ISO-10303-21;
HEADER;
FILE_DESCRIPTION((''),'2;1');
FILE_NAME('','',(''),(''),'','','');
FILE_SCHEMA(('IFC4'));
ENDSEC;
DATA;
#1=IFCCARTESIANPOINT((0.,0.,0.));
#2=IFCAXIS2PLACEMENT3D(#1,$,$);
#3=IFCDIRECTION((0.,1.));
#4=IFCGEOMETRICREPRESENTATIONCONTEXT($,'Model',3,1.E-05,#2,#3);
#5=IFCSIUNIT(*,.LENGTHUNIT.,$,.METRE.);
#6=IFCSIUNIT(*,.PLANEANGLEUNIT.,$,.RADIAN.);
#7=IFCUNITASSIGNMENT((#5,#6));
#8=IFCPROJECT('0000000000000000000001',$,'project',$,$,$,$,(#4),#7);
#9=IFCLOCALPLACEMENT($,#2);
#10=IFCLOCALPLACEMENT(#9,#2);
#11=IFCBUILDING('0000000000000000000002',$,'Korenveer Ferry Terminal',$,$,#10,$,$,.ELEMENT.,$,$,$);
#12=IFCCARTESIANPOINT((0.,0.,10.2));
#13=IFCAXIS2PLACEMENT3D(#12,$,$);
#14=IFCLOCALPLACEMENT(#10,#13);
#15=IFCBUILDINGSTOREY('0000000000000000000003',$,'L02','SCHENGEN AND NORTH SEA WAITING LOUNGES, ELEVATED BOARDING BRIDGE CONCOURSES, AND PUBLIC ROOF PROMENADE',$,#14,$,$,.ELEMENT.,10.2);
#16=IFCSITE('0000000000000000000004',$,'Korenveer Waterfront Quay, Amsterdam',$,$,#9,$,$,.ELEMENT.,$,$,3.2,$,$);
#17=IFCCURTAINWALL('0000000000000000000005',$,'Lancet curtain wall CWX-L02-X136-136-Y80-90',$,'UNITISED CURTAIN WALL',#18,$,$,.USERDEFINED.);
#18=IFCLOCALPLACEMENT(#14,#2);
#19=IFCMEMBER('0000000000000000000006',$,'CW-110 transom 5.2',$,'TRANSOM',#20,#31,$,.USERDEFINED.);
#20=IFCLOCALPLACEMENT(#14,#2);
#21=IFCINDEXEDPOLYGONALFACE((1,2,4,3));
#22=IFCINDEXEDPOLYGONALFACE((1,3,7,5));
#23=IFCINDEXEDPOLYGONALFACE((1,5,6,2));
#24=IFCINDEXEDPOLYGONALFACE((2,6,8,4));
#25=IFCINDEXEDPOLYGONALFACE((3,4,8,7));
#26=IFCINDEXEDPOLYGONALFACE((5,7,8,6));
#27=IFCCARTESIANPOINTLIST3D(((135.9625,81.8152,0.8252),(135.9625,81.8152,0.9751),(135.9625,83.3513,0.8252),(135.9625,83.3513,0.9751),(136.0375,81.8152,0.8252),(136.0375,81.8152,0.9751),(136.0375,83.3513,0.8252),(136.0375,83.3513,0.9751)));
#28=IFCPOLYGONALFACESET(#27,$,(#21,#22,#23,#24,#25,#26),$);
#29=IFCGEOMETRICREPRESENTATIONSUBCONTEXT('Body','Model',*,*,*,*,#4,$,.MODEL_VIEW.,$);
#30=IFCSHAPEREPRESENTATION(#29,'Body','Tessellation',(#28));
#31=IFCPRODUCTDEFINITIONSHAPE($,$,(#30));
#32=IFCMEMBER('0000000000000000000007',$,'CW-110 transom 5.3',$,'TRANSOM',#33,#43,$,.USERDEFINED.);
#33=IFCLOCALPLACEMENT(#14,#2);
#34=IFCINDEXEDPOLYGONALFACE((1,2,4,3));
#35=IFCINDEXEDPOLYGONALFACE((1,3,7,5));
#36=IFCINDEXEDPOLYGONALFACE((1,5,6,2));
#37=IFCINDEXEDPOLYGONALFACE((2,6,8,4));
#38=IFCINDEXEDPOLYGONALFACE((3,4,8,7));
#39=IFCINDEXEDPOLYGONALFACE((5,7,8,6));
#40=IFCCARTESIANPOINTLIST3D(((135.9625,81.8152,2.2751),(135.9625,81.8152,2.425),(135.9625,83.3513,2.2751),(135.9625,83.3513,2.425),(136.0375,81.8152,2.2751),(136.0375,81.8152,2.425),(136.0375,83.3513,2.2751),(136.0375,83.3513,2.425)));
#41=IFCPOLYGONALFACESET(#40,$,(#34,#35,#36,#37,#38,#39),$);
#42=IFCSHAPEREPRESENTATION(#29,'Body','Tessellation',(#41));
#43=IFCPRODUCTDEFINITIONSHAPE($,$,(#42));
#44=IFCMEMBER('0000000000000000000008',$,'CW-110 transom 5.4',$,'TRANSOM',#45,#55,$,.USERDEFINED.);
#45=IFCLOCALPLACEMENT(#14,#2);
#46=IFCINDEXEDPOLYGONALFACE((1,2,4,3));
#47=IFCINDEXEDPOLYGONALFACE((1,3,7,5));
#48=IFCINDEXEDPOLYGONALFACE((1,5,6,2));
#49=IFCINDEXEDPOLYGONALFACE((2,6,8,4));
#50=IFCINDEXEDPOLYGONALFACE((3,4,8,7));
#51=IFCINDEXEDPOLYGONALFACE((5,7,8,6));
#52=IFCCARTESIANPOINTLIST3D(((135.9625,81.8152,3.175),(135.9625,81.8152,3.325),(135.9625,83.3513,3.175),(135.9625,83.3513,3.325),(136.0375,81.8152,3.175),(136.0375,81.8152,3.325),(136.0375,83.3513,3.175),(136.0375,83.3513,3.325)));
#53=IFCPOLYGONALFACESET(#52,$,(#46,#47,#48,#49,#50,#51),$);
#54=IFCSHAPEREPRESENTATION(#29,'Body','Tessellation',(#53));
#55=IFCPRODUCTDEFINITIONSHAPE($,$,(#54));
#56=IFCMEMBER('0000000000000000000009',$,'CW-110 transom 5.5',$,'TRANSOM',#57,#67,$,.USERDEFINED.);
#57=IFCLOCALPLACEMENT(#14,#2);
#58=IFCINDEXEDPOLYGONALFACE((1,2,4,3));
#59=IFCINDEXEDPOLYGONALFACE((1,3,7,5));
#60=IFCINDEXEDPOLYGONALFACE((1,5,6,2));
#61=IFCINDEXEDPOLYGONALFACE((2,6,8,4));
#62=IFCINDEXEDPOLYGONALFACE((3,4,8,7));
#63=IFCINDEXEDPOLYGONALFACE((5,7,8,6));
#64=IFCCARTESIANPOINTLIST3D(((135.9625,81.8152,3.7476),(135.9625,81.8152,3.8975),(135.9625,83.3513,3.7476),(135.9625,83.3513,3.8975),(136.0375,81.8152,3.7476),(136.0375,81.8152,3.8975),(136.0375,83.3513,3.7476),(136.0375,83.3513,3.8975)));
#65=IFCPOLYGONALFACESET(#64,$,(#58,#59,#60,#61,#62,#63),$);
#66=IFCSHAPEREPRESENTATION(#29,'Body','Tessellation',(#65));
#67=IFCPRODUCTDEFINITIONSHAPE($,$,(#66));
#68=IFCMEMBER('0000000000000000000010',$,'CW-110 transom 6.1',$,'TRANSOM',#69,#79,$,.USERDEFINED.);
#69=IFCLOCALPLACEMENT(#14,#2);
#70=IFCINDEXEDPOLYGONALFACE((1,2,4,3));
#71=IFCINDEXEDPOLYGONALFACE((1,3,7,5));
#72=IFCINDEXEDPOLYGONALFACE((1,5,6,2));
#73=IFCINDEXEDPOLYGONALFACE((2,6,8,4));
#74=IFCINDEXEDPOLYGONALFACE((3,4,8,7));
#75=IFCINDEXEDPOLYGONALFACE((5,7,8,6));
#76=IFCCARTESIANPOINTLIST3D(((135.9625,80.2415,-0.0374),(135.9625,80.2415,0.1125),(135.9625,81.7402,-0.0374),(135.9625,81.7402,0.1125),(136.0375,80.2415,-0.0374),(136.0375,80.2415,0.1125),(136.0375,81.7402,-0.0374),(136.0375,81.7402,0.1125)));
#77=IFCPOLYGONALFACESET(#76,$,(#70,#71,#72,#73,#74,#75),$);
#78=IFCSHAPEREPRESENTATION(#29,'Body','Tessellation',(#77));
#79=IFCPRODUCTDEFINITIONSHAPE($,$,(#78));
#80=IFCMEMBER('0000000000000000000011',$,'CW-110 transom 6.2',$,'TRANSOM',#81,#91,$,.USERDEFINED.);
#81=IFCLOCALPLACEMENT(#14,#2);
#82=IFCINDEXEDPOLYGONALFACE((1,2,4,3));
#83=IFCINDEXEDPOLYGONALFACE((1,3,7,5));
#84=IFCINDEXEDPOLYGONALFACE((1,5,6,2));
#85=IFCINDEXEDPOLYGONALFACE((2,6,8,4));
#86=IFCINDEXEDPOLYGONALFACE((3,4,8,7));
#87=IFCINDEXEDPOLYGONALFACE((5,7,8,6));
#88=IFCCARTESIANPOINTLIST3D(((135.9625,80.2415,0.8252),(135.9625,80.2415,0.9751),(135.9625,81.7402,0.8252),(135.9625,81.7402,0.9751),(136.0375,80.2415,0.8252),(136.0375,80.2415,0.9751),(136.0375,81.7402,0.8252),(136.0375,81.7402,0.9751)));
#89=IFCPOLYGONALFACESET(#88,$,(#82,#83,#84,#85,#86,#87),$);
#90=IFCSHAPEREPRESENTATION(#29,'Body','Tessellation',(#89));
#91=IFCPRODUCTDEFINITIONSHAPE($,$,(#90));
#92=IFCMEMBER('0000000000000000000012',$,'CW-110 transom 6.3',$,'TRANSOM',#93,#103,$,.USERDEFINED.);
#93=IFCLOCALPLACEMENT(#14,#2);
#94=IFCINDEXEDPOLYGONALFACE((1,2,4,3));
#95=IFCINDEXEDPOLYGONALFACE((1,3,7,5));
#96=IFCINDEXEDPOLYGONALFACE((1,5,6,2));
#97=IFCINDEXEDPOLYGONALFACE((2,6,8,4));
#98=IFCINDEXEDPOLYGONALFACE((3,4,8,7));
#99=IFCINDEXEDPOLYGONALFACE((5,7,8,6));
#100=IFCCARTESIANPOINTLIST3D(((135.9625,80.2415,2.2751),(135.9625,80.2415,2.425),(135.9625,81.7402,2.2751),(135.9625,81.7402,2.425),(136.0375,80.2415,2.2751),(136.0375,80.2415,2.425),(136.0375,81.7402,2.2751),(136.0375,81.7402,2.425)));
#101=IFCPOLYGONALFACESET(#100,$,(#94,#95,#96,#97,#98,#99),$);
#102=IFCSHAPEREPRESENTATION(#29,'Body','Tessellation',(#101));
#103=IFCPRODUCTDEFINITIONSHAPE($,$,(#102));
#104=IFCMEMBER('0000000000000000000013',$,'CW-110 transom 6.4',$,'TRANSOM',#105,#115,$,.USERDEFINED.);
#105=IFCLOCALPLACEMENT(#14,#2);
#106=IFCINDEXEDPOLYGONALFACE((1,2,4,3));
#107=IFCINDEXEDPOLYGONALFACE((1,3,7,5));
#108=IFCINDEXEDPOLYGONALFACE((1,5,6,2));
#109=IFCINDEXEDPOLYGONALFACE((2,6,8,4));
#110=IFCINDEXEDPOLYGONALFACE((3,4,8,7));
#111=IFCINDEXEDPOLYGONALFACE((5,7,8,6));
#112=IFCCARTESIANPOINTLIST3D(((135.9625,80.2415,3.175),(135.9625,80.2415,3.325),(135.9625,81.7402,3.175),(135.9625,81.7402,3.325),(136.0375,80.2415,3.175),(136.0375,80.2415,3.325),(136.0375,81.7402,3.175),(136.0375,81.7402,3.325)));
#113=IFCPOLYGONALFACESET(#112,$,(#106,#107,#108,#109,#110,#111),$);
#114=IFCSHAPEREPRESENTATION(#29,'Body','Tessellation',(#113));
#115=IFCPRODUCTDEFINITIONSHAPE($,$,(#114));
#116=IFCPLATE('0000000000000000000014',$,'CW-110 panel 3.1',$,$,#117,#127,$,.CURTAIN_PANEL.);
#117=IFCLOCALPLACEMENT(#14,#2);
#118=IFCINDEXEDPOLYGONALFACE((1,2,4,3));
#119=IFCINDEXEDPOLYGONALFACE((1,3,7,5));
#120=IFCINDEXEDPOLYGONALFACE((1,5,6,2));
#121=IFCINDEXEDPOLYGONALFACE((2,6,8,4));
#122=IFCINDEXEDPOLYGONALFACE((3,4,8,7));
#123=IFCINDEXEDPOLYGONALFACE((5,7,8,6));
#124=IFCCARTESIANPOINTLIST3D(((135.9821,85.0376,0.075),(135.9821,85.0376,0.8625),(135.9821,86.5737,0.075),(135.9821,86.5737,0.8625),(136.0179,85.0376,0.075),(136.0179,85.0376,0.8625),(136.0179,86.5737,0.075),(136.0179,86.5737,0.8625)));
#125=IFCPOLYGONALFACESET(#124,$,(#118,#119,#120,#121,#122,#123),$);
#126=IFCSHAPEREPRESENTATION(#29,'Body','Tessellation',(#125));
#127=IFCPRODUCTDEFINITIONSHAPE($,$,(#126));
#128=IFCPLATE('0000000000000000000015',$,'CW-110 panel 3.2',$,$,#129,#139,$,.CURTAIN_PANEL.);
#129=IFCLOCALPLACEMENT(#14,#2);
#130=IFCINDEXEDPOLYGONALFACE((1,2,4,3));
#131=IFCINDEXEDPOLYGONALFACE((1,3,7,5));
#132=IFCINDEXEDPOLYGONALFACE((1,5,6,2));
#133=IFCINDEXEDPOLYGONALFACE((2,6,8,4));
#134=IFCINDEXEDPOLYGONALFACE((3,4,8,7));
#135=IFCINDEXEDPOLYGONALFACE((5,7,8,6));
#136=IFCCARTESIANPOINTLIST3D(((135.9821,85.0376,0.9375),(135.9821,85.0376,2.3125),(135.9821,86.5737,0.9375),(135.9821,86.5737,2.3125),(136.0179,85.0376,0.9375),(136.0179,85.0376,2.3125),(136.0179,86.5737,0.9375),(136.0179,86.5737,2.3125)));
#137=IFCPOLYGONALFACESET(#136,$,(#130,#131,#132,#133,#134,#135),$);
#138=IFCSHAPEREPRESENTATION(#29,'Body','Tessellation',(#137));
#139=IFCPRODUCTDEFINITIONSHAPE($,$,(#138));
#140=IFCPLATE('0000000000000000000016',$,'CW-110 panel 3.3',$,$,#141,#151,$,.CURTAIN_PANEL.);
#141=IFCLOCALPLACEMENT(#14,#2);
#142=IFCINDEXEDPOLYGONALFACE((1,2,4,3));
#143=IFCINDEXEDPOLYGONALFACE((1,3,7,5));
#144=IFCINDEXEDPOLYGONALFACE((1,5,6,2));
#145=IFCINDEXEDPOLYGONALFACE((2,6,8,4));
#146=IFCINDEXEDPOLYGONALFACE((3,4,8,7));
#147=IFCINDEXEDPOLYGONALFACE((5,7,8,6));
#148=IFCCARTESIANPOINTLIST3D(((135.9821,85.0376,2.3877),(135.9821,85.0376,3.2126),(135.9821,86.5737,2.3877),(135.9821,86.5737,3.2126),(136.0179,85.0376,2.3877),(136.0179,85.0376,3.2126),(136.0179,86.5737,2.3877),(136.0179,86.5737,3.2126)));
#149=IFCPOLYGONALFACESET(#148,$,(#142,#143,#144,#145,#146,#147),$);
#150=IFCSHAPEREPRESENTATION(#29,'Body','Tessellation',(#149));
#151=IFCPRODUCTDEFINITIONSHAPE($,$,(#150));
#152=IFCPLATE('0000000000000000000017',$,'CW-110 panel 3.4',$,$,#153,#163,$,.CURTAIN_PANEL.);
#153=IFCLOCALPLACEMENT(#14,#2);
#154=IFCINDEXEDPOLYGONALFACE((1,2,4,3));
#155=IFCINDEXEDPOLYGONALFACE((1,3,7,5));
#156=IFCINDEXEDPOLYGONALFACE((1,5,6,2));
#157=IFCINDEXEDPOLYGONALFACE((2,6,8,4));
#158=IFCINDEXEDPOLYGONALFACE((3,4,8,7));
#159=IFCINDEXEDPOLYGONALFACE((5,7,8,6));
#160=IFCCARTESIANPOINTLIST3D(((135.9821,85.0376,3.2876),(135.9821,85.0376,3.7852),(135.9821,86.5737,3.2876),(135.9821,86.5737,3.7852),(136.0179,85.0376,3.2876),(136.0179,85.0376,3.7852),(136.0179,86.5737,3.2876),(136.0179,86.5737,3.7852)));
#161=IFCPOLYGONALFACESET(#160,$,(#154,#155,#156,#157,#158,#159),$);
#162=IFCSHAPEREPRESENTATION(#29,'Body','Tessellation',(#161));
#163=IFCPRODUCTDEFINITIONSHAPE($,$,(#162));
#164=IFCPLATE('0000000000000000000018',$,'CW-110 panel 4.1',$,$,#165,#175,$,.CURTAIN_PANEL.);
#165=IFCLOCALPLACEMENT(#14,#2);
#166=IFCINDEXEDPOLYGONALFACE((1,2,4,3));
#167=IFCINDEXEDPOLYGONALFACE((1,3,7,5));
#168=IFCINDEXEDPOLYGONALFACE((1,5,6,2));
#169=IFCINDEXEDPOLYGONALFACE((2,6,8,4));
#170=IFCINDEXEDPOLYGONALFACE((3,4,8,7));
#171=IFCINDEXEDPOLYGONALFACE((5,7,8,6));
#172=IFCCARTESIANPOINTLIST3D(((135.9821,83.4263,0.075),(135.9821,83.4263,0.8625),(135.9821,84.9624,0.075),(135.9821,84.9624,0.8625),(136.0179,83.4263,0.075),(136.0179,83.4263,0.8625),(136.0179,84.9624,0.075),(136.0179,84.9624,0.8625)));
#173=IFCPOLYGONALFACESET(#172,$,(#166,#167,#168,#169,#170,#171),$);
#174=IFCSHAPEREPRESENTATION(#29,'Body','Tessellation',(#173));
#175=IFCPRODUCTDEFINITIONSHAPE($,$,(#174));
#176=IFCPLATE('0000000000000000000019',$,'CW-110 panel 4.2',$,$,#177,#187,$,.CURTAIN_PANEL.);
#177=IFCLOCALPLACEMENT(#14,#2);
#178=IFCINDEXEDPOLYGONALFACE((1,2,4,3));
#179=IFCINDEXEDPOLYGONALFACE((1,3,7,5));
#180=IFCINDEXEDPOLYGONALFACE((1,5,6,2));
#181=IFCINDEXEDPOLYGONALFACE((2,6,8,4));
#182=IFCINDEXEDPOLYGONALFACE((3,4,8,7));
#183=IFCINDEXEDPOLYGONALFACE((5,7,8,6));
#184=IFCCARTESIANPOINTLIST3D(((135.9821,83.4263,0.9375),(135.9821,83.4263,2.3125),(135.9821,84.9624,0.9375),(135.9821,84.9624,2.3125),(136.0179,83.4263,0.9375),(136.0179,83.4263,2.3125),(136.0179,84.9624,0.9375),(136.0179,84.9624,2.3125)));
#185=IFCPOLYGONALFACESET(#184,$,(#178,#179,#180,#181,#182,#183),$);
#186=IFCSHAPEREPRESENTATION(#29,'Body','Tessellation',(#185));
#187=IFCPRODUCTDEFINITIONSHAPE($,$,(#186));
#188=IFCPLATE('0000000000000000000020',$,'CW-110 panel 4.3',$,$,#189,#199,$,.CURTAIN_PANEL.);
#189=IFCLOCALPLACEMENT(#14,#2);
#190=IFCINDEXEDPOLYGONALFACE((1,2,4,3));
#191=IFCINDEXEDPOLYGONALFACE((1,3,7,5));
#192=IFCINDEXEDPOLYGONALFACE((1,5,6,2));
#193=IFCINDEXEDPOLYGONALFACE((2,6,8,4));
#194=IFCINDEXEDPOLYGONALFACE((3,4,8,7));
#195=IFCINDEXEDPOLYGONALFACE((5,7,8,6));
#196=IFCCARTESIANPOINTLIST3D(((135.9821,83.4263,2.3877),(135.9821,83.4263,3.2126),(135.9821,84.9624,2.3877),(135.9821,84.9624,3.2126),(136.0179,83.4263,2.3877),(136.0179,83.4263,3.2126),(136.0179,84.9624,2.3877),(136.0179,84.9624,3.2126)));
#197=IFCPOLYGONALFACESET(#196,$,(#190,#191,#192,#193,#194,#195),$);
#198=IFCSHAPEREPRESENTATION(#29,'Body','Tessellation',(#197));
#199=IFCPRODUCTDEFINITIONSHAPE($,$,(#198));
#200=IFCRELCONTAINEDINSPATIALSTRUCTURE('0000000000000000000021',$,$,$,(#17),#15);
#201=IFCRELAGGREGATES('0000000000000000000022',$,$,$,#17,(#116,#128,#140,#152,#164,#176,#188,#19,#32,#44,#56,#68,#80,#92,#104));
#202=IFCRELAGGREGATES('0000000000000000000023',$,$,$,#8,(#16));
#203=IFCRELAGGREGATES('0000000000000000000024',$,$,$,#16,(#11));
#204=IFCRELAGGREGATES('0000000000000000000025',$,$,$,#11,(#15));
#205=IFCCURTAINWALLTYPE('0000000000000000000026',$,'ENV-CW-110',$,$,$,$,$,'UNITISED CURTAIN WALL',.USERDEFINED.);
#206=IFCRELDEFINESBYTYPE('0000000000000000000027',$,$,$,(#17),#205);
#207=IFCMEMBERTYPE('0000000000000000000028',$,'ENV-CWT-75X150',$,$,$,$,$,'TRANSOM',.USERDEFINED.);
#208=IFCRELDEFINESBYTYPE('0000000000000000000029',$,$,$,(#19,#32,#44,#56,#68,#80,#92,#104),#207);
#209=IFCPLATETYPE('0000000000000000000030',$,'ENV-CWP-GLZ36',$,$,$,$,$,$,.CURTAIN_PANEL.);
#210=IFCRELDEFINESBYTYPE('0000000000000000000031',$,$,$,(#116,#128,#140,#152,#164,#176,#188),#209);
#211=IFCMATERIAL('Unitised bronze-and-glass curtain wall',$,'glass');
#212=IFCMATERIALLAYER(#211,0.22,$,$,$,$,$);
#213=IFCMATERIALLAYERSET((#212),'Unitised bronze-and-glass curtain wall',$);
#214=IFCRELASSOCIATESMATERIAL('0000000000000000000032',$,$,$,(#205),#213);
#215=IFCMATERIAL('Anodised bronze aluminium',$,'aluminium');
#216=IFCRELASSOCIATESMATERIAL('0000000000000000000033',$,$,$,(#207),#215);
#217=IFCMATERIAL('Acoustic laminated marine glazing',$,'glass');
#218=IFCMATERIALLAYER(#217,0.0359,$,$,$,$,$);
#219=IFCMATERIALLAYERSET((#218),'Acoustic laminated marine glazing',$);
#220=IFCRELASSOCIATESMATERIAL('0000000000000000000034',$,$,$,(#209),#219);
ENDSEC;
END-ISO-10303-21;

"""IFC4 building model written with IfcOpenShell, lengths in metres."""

from ifc_helpers import new_model, si_unit, direction, frame, origin, origin_2d, place, context, subcontext, project, spatial, rectangle, extrude, material, layer, layer_set, material_profile, profile_set, type_object, element, aggregate, save


model = new_model("IFC4")

# Units and contexts
model_context = context("Model", 3, precision=1e-05, world=origin(), true_north=direction((0.0, 1.0)))
body_context = subcontext(model_context, "Body", "Model", "MODEL_VIEW")
ifc_project = project(units=[si_unit("LENGTHUNIT", "METRE"), si_unit("PLANEANGLEUNIT", "RADIAN")], contexts=[model_context])

# Site, building, storey
site_placement = place(None, origin())
site = spatial("IfcSite", under=ifc_project, at=site_placement, Name="Korenveer Waterfront Quay, Amsterdam", CompositionType="ELEMENT", RefElevation=3.2)
building_placement = place(site_placement, origin())
building = spatial("IfcBuilding", under=site, at=building_placement, Name="Korenveer Ferry Terminal", CompositionType="ELEMENT")
storey_placement = place(building_placement, frame((0.0, 0.0, 10.2)))
storey = spatial("IfcBuildingStorey", under=building, at=storey_placement, Name="L02", Description="SCHENGEN AND NORTH SEA WAITING LOUNGES, ELEVATED BOARDING BRIDGE CONCOURSES, AND PUBLIC ROOF PROMENADE", CompositionType="ELEMENT", Elevation=10.2)

# Curtain wall, members, plates
ifc_material_1 = material(Name="Unitised bronze-and-glass curtain wall", Category="glass")
ifc_layer_1 = layer(ifc_material_1, 0.22)
ifc_layer_set_1 = layer_set([ifc_layer_1], Name="Unitised bronze-and-glass curtain wall")
curtain_wall_type = type_object("IfcCurtainWallType", Name="ENV-CW-110", ElementType="UNITISED CURTAIN WALL", PredefinedType="USERDEFINED", material=ifc_layer_set_1)
curtain_wall_placement = place(storey_placement, frame((136.0, 89.8335, 0.0)))
curtain_wall = element("IfcCurtainWall", 1, at=curtain_wall_placement, inside=storey, type_object=curtain_wall_type, Name="Lancet curtain wall CWX-L02-X136-136-Y80-90", ObjectType="UNITISED CURTAIN WALL", PredefinedType="USERDEFINED")
ifc_material_2 = material(Name="Anodised bronze aluminium", Category="aluminium")
ifc_material_profile_1 = material_profile(ifc_material_2, rectangle(XDim=0.075, YDim=0.1499, at=origin_2d()), Name="ALU 75x150")
ifc_profile_set_1 = profile_set([ifc_material_profile_1], Name="Anodised bronze aluminium")
member_type_1 = type_object("IfcMemberType", Name="ENV-CWT-75X150", ElementType="TRANSOM", PredefinedType="USERDEFINED", material=ifc_profile_set_1)
member_1_placement = place(storey_placement, frame((136.0, 83.3513, 0.9001), z_axis=(0.0, -1.0, 0.0), x_axis=(1.0, 0.0, 0.0)))
member_1 = element("IfcMember", 2, at=member_1_placement, type_object=member_type_1, Name="CW-110 transom 5.2", ObjectType="TRANSOM", PredefinedType="USERDEFINED", context=body_context, shape_type="SweptSolid", body=[
    extrude(rectangle(XDim=0.075, YDim=0.1499, at=origin_2d()), origin(), (0.0, 0.0, 1.0), 1.5361),
])
member_2_placement = place(storey_placement, frame((136.0, 83.3513, 2.3501), z_axis=(0.0, -1.0, 0.0), x_axis=(1.0, 0.0, 0.0)))
member_2 = element("IfcMember", 3, at=member_2_placement, type_object=member_type_1, Name="CW-110 transom 5.3", ObjectType="TRANSOM", PredefinedType="USERDEFINED", context=body_context, shape_type="SweptSolid", body=[
    extrude(rectangle(XDim=0.075, YDim=0.1499, at=origin_2d()), origin(), (0.0, 0.0, 1.0), 1.5361),
])
member_3_placement = place(storey_placement, frame((136.0, 83.3513, 3.25), z_axis=(0.0, -1.0, 0.0), x_axis=(1.0, 0.0, 0.0)))
member_3 = element("IfcMember", 4, at=member_3_placement, type_object=member_type_1, Name="CW-110 transom 5.4", ObjectType="TRANSOM", PredefinedType="USERDEFINED", context=body_context, shape_type="SweptSolid", body=[
    extrude(rectangle(XDim=0.075, YDim=0.1499, at=origin_2d()), origin(), (0.0, 0.0, 1.0), 1.5361),
])
member_4_placement = place(storey_placement, frame((136.0, 83.3513, 3.8225), z_axis=(0.0, -1.0, 0.0), x_axis=(1.0, 0.0, 0.0)))
member_4 = element("IfcMember", 5, at=member_4_placement, type_object=member_type_1, Name="CW-110 transom 5.5", ObjectType="TRANSOM", PredefinedType="USERDEFINED", context=body_context, shape_type="SweptSolid", body=[
    extrude(rectangle(XDim=0.075, YDim=0.1499, at=origin_2d()), origin(), (0.0, 0.0, 1.0), 1.5361),
])
member_5_placement = place(storey_placement, frame((136.0, 81.7402, 0.0376), z_axis=(0.0, -1.0, 0.0), x_axis=(1.0, 0.0, 0.0)))
member_5 = element("IfcMember", 6, at=member_5_placement, type_object=member_type_1, Name="CW-110 transom 6.1", ObjectType="TRANSOM", PredefinedType="USERDEFINED", context=body_context, shape_type="SweptSolid", body=[
    extrude(rectangle(XDim=0.075, YDim=0.1499, at=origin_2d()), origin(), (0.0, 0.0, 1.0), 1.4988),
])
member_6_placement = place(storey_placement, frame((136.0, 81.7402, 0.9001), z_axis=(0.0, -1.0, 0.0), x_axis=(1.0, 0.0, 0.0)))
member_6 = element("IfcMember", 7, at=member_6_placement, type_object=member_type_1, Name="CW-110 transom 6.2", ObjectType="TRANSOM", PredefinedType="USERDEFINED", context=body_context, shape_type="SweptSolid", body=[
    extrude(rectangle(XDim=0.075, YDim=0.1499, at=origin_2d()), origin(), (0.0, 0.0, 1.0), 1.4988),
])
member_7_placement = place(storey_placement, frame((136.0, 81.7402, 2.3501), z_axis=(0.0, -1.0, 0.0), x_axis=(1.0, 0.0, 0.0)))
member_7 = element("IfcMember", 8, at=member_7_placement, type_object=member_type_1, Name="CW-110 transom 6.3", ObjectType="TRANSOM", PredefinedType="USERDEFINED", context=body_context, shape_type="SweptSolid", body=[
    extrude(rectangle(XDim=0.075, YDim=0.1499, at=origin_2d()), origin(), (0.0, 0.0, 1.0), 1.4988),
])
member_8_placement = place(storey_placement, frame((136.0, 81.7402, 3.25), z_axis=(0.0, -1.0, 0.0), x_axis=(1.0, 0.0, 0.0)))
member_8 = element("IfcMember", 9, at=member_8_placement, type_object=member_type_1, Name="CW-110 transom 6.4", ObjectType="TRANSOM", PredefinedType="USERDEFINED", context=body_context, shape_type="SweptSolid", body=[
    extrude(rectangle(XDim=0.075, YDim=0.1499, at=origin_2d()), origin(), (0.0, 0.0, 1.0), 1.4988),
])
ifc_material_3 = material(Name="Acoustic laminated marine glazing", Category="glass")
ifc_layer_2 = layer(ifc_material_3, 0.0359)
ifc_layer_set_2 = layer_set([ifc_layer_2], Name="Acoustic laminated marine glazing")
plate_type = type_object("IfcPlateType", Name="ENV-CWP-GLZ36", PredefinedType="CURTAIN_PANEL", material=ifc_layer_set_2)
plate_1_placement = place(storey_placement, frame((136.0, 85.8057, 0.075), z_axis=(0.0, 0.0, 1.0), x_axis=(0.0, -1.0, 0.0)))
plate_1 = element("IfcPlate", 10, at=plate_1_placement, type_object=plate_type, Name="CW-110 panel 3.1", PredefinedType="CURTAIN_PANEL", context=body_context, shape_type="SweptSolid", body=[
    extrude(rectangle(XDim=1.5361, YDim=0.0359, at=origin_2d()), origin(), (0.0, 0.0, 1.0), 0.7876),
])
plate_2_placement = place(storey_placement, frame((136.0, 85.8057, 0.9375), z_axis=(0.0, 0.0, 1.0), x_axis=(0.0, -1.0, 0.0)))
plate_2 = element("IfcPlate", 11, at=plate_2_placement, type_object=plate_type, Name="CW-110 panel 3.2", PredefinedType="CURTAIN_PANEL", context=body_context, shape_type="SweptSolid", body=[
    extrude(rectangle(XDim=1.5361, YDim=0.0359, at=origin_2d()), origin(), (0.0, 0.0, 1.0), 1.375),
])
plate_3_placement = place(storey_placement, frame((136.0, 85.8057, 2.3877), z_axis=(0.0, 0.0, 1.0), x_axis=(0.0, -1.0, 0.0)))
plate_3 = element("IfcPlate", 12, at=plate_3_placement, type_object=plate_type, Name="CW-110 panel 3.3", PredefinedType="CURTAIN_PANEL", context=body_context, shape_type="SweptSolid", body=[
    extrude(rectangle(XDim=1.5361, YDim=0.0359, at=origin_2d()), origin(), (0.0, 0.0, 1.0), 0.825),
])
plate_4_placement = place(storey_placement, frame((136.0, 85.8057, 3.2876), z_axis=(0.0, 0.0, 1.0), x_axis=(0.0, -1.0, 0.0)))
plate_4 = element("IfcPlate", 13, at=plate_4_placement, type_object=plate_type, Name="CW-110 panel 3.4", PredefinedType="CURTAIN_PANEL", context=body_context, shape_type="SweptSolid", body=[
    extrude(rectangle(XDim=1.5361, YDim=0.0359, at=origin_2d()), origin(), (0.0, 0.0, 1.0), 0.4976),
])
plate_5_placement = place(storey_placement, frame((136.0, 84.1943, 0.075), z_axis=(0.0, 0.0, 1.0), x_axis=(0.0, -1.0, 0.0)))
plate_5 = element("IfcPlate", 14, at=plate_5_placement, type_object=plate_type, Name="CW-110 panel 4.1", PredefinedType="CURTAIN_PANEL", context=body_context, shape_type="SweptSolid", body=[
    extrude(rectangle(XDim=1.5361, YDim=0.0359, at=origin_2d()), origin(), (0.0, 0.0, 1.0), 0.7876),
])
plate_6_placement = place(storey_placement, frame((136.0, 84.1943, 0.9375), z_axis=(0.0, 0.0, 1.0), x_axis=(0.0, -1.0, 0.0)))
plate_6 = element("IfcPlate", 15, at=plate_6_placement, type_object=plate_type, Name="CW-110 panel 4.2", PredefinedType="CURTAIN_PANEL", context=body_context, shape_type="SweptSolid", body=[
    extrude(rectangle(XDim=1.5361, YDim=0.0359, at=origin_2d()), origin(), (0.0, 0.0, 1.0), 1.375),
])
plate_7_placement = place(storey_placement, frame((136.0, 84.1943, 2.3877), z_axis=(0.0, 0.0, 1.0), x_axis=(0.0, -1.0, 0.0)))
plate_7 = element("IfcPlate", 16, at=plate_7_placement, type_object=plate_type, Name="CW-110 panel 4.3", PredefinedType="CURTAIN_PANEL", context=body_context, shape_type="SweptSolid", body=[
    extrude(rectangle(XDim=1.5361, YDim=0.0359, at=origin_2d()), origin(), (0.0, 0.0, 1.0), 0.825),
])
aggregate(curtain_wall, [plate_1, plate_2, plate_3, plate_4, plate_5, plate_6, plate_7, member_1, member_2, member_3, member_4, member_5, member_6, member_7, member_8])

save(model, "model.ifc")
